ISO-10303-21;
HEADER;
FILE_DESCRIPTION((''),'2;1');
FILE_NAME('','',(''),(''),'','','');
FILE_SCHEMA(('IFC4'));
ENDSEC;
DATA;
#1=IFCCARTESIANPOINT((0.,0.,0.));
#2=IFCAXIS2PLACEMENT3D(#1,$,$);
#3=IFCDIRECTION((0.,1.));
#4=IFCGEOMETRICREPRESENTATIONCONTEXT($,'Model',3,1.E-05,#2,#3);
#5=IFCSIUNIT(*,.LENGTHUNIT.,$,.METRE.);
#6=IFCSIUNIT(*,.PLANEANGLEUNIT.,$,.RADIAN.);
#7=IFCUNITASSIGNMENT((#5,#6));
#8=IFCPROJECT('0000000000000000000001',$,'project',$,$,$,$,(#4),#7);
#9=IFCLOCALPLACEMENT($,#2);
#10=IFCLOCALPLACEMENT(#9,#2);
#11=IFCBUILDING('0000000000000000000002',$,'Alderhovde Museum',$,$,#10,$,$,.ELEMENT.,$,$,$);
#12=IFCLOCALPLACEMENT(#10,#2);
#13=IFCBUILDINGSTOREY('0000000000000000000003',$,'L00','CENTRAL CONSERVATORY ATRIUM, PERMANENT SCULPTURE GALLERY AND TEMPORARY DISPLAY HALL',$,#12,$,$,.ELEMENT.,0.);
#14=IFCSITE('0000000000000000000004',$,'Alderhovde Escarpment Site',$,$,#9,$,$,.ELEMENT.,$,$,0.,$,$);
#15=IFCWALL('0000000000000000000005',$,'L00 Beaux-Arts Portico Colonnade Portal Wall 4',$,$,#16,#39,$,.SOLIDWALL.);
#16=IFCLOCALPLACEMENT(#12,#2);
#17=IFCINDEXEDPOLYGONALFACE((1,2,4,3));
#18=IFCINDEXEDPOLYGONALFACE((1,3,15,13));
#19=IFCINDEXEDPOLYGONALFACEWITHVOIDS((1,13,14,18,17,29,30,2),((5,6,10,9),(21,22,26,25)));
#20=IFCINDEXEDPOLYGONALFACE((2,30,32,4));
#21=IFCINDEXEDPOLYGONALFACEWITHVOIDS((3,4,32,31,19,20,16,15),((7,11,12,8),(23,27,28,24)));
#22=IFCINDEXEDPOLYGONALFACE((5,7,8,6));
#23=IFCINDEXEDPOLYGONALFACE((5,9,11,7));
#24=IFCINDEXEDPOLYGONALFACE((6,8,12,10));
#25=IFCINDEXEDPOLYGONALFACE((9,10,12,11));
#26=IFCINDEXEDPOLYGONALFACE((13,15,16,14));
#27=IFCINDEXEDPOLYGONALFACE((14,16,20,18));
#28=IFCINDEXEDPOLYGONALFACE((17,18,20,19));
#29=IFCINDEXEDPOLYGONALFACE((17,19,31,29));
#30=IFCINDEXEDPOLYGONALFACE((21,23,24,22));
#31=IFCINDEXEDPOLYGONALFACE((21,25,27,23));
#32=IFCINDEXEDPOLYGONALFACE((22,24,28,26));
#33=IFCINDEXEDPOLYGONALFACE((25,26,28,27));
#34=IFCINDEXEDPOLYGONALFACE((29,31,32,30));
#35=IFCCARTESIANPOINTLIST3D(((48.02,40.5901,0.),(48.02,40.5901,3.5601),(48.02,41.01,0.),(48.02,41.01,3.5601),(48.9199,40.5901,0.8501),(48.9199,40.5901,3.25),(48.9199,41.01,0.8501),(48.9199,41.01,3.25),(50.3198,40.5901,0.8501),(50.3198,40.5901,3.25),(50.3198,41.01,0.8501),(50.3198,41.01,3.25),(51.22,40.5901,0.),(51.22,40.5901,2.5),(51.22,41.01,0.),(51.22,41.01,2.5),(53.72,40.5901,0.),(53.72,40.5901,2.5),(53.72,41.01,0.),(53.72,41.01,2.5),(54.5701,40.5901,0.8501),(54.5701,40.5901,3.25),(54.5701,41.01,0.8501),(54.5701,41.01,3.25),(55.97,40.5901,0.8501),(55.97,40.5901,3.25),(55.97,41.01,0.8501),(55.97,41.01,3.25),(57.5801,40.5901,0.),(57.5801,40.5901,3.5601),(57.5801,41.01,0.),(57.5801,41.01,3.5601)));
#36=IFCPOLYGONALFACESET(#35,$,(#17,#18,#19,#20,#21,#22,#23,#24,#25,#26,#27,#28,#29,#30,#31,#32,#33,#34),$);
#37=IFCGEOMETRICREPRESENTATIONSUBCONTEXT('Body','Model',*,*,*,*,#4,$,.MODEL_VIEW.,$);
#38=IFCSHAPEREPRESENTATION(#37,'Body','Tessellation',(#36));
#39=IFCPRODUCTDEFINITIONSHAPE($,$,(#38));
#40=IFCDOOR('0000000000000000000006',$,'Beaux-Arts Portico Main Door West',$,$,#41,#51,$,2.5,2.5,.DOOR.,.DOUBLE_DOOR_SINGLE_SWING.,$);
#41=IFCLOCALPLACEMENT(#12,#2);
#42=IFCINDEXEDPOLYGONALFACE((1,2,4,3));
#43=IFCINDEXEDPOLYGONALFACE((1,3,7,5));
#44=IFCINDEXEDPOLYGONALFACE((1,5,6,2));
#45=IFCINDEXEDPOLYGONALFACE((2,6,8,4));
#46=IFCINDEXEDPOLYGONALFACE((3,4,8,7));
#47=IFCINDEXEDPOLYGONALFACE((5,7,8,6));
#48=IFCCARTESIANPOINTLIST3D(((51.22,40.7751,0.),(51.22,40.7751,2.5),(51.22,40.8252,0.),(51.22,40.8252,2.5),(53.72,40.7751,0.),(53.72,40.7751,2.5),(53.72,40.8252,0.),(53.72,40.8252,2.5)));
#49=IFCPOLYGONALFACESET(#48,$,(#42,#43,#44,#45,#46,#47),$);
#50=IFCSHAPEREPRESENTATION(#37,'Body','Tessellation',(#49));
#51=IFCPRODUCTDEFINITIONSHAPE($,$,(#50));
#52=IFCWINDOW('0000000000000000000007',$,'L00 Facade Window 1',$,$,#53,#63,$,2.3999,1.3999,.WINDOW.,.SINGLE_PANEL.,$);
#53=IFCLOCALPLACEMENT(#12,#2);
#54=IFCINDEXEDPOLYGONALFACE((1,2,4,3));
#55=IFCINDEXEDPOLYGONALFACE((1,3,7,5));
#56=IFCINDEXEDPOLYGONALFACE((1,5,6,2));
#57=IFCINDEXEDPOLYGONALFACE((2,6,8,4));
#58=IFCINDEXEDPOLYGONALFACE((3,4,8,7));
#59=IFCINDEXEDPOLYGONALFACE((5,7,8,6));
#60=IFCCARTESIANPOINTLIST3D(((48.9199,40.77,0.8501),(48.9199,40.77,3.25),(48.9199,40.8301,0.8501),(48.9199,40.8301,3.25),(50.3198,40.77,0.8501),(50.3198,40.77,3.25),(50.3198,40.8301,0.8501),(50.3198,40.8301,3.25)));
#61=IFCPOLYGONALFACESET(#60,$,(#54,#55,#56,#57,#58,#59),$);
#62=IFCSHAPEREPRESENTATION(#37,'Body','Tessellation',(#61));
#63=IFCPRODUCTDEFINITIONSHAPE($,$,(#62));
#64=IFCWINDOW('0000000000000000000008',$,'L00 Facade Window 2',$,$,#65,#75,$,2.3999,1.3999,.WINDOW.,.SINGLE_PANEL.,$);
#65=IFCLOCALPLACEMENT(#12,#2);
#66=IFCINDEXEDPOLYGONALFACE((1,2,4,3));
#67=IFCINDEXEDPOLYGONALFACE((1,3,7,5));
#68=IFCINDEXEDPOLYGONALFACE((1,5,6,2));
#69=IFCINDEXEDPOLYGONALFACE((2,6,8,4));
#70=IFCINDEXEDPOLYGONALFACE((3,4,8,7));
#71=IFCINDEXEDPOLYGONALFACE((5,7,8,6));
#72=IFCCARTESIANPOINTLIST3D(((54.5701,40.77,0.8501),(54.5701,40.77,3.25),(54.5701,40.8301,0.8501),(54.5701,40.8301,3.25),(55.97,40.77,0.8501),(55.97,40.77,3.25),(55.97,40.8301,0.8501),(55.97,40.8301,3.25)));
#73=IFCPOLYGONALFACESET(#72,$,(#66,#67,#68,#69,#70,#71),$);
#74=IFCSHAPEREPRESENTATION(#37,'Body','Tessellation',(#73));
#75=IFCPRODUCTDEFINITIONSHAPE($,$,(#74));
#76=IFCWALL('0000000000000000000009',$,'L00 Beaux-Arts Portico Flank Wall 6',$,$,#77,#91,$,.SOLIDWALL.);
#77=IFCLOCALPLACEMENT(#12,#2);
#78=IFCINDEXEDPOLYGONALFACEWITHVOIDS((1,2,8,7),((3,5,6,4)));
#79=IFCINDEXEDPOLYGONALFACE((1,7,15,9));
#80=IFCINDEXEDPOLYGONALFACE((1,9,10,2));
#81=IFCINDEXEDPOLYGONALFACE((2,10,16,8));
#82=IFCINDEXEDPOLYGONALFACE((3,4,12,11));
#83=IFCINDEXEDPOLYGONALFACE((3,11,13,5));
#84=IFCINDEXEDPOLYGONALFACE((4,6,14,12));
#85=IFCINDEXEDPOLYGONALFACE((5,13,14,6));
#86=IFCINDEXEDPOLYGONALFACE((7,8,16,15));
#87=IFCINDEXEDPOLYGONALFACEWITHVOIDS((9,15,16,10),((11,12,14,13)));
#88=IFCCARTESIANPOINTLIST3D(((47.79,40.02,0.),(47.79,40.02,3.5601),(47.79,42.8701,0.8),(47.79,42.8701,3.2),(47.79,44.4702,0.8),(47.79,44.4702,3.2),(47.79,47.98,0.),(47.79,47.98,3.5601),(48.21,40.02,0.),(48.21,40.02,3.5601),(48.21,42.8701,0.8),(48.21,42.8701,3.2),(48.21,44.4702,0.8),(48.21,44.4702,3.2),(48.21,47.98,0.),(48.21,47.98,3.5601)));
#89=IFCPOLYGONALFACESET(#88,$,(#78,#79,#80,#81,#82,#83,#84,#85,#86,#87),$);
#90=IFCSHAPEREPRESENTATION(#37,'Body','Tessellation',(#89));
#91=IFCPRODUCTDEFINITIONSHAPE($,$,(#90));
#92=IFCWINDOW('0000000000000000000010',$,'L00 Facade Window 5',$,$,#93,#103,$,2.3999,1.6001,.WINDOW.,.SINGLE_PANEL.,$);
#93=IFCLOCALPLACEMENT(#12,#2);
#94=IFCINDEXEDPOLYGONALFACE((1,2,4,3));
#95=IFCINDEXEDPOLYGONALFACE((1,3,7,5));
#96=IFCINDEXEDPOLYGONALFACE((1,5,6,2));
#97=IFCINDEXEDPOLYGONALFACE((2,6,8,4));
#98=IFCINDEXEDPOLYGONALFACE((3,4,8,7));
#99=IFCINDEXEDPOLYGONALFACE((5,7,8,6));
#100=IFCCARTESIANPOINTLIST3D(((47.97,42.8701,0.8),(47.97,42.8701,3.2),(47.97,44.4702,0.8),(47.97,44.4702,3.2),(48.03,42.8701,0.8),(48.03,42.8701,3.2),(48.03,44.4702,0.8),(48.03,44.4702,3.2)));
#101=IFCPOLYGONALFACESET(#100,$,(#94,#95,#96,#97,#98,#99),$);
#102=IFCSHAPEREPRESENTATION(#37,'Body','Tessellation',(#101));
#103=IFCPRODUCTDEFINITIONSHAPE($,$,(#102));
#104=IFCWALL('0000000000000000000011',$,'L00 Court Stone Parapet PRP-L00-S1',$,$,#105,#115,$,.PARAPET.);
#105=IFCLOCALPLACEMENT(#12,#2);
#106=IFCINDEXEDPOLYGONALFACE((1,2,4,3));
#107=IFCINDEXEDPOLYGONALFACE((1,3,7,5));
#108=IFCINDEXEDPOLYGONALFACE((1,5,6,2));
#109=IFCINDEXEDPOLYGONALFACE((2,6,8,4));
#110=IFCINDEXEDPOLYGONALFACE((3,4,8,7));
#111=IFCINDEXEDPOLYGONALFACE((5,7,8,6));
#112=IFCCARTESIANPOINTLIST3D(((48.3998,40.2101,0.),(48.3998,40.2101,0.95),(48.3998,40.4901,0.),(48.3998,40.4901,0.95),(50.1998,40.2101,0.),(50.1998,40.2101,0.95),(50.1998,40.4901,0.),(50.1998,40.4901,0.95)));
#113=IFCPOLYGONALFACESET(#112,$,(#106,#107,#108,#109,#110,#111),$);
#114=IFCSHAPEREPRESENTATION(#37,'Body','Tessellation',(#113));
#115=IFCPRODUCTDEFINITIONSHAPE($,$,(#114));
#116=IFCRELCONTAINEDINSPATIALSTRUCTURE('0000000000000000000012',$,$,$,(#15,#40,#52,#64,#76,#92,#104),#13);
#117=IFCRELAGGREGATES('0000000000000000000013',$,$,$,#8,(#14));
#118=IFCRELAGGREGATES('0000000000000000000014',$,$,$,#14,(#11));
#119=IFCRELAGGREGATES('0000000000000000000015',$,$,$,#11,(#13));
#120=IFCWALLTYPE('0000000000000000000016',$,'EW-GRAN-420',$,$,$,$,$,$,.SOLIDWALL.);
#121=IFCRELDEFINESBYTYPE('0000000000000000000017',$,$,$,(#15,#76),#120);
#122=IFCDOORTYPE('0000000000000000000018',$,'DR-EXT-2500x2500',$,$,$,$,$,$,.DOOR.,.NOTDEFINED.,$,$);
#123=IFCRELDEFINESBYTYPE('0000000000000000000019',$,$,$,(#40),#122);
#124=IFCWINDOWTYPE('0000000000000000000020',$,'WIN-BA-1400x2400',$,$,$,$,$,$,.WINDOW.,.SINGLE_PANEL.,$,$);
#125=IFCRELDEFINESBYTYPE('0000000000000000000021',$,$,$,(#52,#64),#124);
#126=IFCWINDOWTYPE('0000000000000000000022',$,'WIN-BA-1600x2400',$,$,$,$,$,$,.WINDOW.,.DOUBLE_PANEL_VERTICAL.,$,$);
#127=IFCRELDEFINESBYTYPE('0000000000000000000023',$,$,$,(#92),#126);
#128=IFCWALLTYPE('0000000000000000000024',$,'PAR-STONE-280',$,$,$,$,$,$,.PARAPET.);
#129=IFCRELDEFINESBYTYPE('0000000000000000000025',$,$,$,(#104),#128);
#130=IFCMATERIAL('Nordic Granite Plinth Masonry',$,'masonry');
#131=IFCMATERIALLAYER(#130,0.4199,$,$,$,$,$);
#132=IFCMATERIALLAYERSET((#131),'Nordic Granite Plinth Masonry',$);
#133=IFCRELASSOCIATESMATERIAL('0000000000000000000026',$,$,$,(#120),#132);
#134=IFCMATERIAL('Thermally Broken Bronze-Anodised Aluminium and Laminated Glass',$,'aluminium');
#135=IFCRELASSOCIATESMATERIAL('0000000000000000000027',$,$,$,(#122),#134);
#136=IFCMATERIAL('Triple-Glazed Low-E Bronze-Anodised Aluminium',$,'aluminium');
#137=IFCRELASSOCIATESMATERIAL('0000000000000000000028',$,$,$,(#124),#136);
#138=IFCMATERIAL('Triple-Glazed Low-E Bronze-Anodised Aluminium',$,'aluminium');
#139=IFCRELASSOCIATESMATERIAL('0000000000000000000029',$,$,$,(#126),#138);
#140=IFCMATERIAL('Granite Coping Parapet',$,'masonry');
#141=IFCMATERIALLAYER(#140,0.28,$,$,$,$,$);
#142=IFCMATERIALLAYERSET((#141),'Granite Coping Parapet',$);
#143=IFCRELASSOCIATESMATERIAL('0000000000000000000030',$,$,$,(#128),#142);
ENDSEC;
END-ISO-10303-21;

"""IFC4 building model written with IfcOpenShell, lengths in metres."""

from ifc_helpers import new_model, si_unit, direction, frame, frame_2d, origin, place, context, subcontext, project, spatial, rectangle, extrude, material, layer, layer_set, type_object, element, fill, save


model = new_model("IFC4")

# Units and contexts
model_context = context("Model", 3, precision=1e-05, world=origin(), true_north=direction((0.0, 1.0)))
body_context = subcontext(model_context, "Body", "Model", "MODEL_VIEW")
ifc_project = project(units=[si_unit("LENGTHUNIT", "METRE"), si_unit("PLANEANGLEUNIT", "RADIAN")], contexts=[model_context])

# Site, building, storey
site_placement = place(None, origin())
site = spatial("IfcSite", under=ifc_project, at=site_placement, Name="Alderhovde Escarpment Site", CompositionType="ELEMENT", RefElevation=0.0)
building_placement = place(site_placement, origin())
building = spatial("IfcBuilding", under=site, at=building_placement, Name="Alderhovde Museum", CompositionType="ELEMENT")
storey_placement = place(building_placement, origin())
storey = spatial("IfcBuildingStorey", under=building, at=storey_placement, Name="L00", Description="CENTRAL CONSERVATORY ATRIUM, PERMANENT SCULPTURE GALLERY AND TEMPORARY DISPLAY HALL", CompositionType="ELEMENT", Elevation=0.0)

# Wall, openings, door, windows
ifc_material_1 = material(Name="Nordic Granite Plinth Masonry", Category="masonry")
ifc_layer_1 = layer(ifc_material_1, 0.4199)
ifc_layer_set_1 = layer_set([ifc_layer_1], Name="Nordic Granite Plinth Masonry")
wall_type_1 = type_object("IfcWallType", Name="EW-GRAN-420", PredefinedType="SOLIDWALL", material=ifc_layer_set_1)
wall_1_placement = place(storey_placement, frame((48.02, 40.8, 0.0), z_axis=(0.0, 0.0, 1.0), x_axis=(1.0, 0.0, 0.0)))
wall_1 = element("IfcWall", 1, at=wall_1_placement, inside=storey, type_object=wall_type_1, Name="L00 Beaux-Arts Portico Colonnade Portal Wall 4", PredefinedType="SOLIDWALL", context=body_context, shape_type="SweptSolid", body=[
    extrude(rectangle(XDim=9.5601, YDim=0.4199, at=frame_2d((4.78, 0.0))), origin(), (0.0, 0.0, 1.0), 3.5601),
])
opening_1_placement = place(wall_1_placement, frame((3.2, 0.0, 0.0)))
opening_1 = element("IfcOpeningElement", 2, at=opening_1_placement, cuts=wall_1, PredefinedType="OPENING", context=body_context, shape_type="SweptSolid", body=[
    extrude(rectangle(XDim=2.5, YDim=2.5, at=frame_2d((1.25, 1.25))), frame((0.0, 0.22, 0.0), z_axis=(0.0, -1.0, 0.0), x_axis=(1.0, 0.0, 0.0)), (0.0, 0.0, 1.0), 0.4399),
])
opening_2_placement = place(wall_1_placement, frame((0.8999, 0.0, 0.8501)))
opening_2 = element("IfcOpeningElement", 3, at=opening_2_placement, cuts=wall_1, PredefinedType="OPENING", context=body_context, shape_type="SweptSolid", body=[
    extrude(rectangle(XDim=1.3999, YDim=2.3999, at=frame_2d((0.7, 1.2))), frame((0.0, 0.22, 0.0), z_axis=(0.0, -1.0, 0.0), x_axis=(1.0, 0.0, 0.0)), (0.0, 0.0, 1.0), 0.4399),
])
opening_3_placement = place(wall_1_placement, frame((6.55, 0.0, 0.8501)))
opening_3 = element("IfcOpeningElement", 4, at=opening_3_placement, cuts=wall_1, PredefinedType="OPENING", context=body_context, shape_type="SweptSolid", body=[
    extrude(rectangle(XDim=1.3999, YDim=2.3999, at=frame_2d((0.7, 1.2))), frame((0.0, 0.22, 0.0), z_axis=(0.0, -1.0, 0.0), x_axis=(1.0, 0.0, 0.0)), (0.0, 0.0, 1.0), 0.4399),
])
ifc_material_2 = material(Name="Thermally Broken Bronze-Anodised Aluminium and Laminated Glass", Category="aluminium")
door_type = type_object("IfcDoorType", Name="DR-EXT-2500x2500", OperationType="NOTDEFINED", PredefinedType="DOOR", material=ifc_material_2)
door_placement = place(opening_1_placement, frame((2.5, 0.0, 0.0), z_axis=(0.0, 0.0, 1.0), x_axis=(-1.0, 0.0, 0.0)))
door = element("IfcDoor", 5, at=door_placement, inside=storey, type_object=door_type, Name="Beaux-Arts Portico Main Door West", OperationType="DOUBLE_DOOR_SINGLE_SWING", OverallHeight=2.5, OverallWidth=2.5, PredefinedType="DOOR", context=body_context, shape_type="SweptSolid", body=[
    extrude(rectangle(XDim=2.5, YDim=2.5, at=frame_2d((1.25, 1.25))), frame((0.0, 0.0249, 0.0), z_axis=(0.0, -1.0, 0.0), x_axis=(1.0, 0.0, 0.0)), (0.0, 0.0, 1.0), 0.05),
])
fill(opening_1, door)
ifc_material_3 = material(Name="Triple-Glazed Low-E Bronze-Anodised Aluminium", Category="aluminium")
window_type_1 = type_object("IfcWindowType", Name="WIN-BA-1400x2400", PartitioningType="SINGLE_PANEL", PredefinedType="WINDOW", material=ifc_material_3)
window_1_placement = place(opening_2_placement, origin())
window_1 = element("IfcWindow", 6, at=window_1_placement, inside=storey, type_object=window_type_1, Name="L00 Facade Window 1", OverallHeight=2.3999, OverallWidth=1.3999, PartitioningType="SINGLE_PANEL", PredefinedType="WINDOW", context=body_context, shape_type="SweptSolid", body=[
    extrude(rectangle(XDim=1.3999, YDim=2.3999, at=frame_2d((0.7, 1.2))), frame((0.0, 0.03, 0.0), z_axis=(0.0, -1.0, 0.0), x_axis=(1.0, 0.0, 0.0)), (0.0, 0.0, 1.0), 0.0601),
])
fill(opening_2, window_1)
window_2_placement = place(opening_3_placement, origin())
window_2 = element("IfcWindow", 7, at=window_2_placement, inside=storey, type_object=window_type_1, Name="L00 Facade Window 2", OverallHeight=2.3999, OverallWidth=1.3999, PartitioningType="SINGLE_PANEL", PredefinedType="WINDOW", context=body_context, shape_type="SweptSolid", body=[
    extrude(rectangle(XDim=1.3999, YDim=2.3999, at=frame_2d((0.7, 1.2))), frame((0.0, 0.03, 0.0), z_axis=(0.0, -1.0, 0.0), x_axis=(1.0, 0.0, 0.0)), (0.0, 0.0, 1.0), 0.0601),
])
fill(opening_3, window_2)

# Wall, opening, window
wall_2_placement = place(storey_placement, frame((48.0, 40.02, 0.0), z_axis=(0.0, 0.0, 1.0), x_axis=(0.0, 1.0, 0.0)))
wall_2 = element("IfcWall", 8, at=wall_2_placement, inside=storey, type_object=wall_type_1, Name="L00 Beaux-Arts Portico Flank Wall 6", PredefinedType="SOLIDWALL", context=body_context, shape_type="SweptSolid", body=[
    extrude(rectangle(XDim=7.96, YDim=0.4199, at=frame_2d((3.98, 0.0))), origin(), (0.0, 0.0, 1.0), 3.5601),
])
opening_4_placement = place(wall_2_placement, frame((2.8501, 0.0, 0.8)))
opening_4 = element("IfcOpeningElement", 9, at=opening_4_placement, cuts=wall_2, PredefinedType="OPENING", context=body_context, shape_type="SweptSolid", body=[
    extrude(rectangle(XDim=1.6001, YDim=2.3999, at=frame_2d((0.8, 1.2))), frame((0.0, 0.22, 0.0), z_axis=(0.0, -1.0, 0.0), x_axis=(1.0, 0.0, 0.0)), (0.0, 0.0, 1.0), 0.4399),
])
ifc_material_4 = material(Name="Triple-Glazed Low-E Bronze-Anodised Aluminium", Category="aluminium")
window_type_2 = type_object("IfcWindowType", Name="WIN-BA-1600x2400", PartitioningType="DOUBLE_PANEL_VERTICAL", PredefinedType="WINDOW", material=ifc_material_4)
window_3_placement = place(opening_4_placement, origin())
window_3 = element("IfcWindow", 10, at=window_3_placement, inside=storey, type_object=window_type_2, Name="L00 Facade Window 5", OverallHeight=2.3999, OverallWidth=1.6001, PartitioningType="SINGLE_PANEL", PredefinedType="WINDOW", context=body_context, shape_type="SweptSolid", body=[
    extrude(rectangle(XDim=1.6001, YDim=2.3999, at=frame_2d((0.8, 1.2))), frame((0.0, 0.03, 0.0), z_axis=(0.0, -1.0, 0.0), x_axis=(1.0, 0.0, 0.0)), (0.0, 0.0, 1.0), 0.0601),
])
fill(opening_4, window_3)

# Wall
ifc_material_5 = material(Name="Granite Coping Parapet", Category="masonry")
ifc_layer_2 = layer(ifc_material_5, 0.28)
ifc_layer_set_2 = layer_set([ifc_layer_2], Name="Granite Coping Parapet")
wall_type_2 = type_object("IfcWallType", Name="PAR-STONE-280", PredefinedType="PARAPET", material=ifc_layer_set_2)
wall_3_placement = place(storey_placement, frame((48.3999, 40.3501, 0.0), z_axis=(0.0, 0.0, 1.0), x_axis=(1.0, 0.0, 0.0)))
element("IfcWall", 11, at=wall_3_placement, inside=storey, type_object=wall_type_2, Name="L00 Court Stone Parapet PRP-L00-S1", PredefinedType="PARAPET", context=body_context, shape_type="SweptSolid", body=[
    extrude(rectangle(XDim=1.8, YDim=0.28, at=frame_2d((0.8999, 0.0))), origin(), (0.0, 0.0, 1.0), 0.95),
])

save(model, "model.ifc")
